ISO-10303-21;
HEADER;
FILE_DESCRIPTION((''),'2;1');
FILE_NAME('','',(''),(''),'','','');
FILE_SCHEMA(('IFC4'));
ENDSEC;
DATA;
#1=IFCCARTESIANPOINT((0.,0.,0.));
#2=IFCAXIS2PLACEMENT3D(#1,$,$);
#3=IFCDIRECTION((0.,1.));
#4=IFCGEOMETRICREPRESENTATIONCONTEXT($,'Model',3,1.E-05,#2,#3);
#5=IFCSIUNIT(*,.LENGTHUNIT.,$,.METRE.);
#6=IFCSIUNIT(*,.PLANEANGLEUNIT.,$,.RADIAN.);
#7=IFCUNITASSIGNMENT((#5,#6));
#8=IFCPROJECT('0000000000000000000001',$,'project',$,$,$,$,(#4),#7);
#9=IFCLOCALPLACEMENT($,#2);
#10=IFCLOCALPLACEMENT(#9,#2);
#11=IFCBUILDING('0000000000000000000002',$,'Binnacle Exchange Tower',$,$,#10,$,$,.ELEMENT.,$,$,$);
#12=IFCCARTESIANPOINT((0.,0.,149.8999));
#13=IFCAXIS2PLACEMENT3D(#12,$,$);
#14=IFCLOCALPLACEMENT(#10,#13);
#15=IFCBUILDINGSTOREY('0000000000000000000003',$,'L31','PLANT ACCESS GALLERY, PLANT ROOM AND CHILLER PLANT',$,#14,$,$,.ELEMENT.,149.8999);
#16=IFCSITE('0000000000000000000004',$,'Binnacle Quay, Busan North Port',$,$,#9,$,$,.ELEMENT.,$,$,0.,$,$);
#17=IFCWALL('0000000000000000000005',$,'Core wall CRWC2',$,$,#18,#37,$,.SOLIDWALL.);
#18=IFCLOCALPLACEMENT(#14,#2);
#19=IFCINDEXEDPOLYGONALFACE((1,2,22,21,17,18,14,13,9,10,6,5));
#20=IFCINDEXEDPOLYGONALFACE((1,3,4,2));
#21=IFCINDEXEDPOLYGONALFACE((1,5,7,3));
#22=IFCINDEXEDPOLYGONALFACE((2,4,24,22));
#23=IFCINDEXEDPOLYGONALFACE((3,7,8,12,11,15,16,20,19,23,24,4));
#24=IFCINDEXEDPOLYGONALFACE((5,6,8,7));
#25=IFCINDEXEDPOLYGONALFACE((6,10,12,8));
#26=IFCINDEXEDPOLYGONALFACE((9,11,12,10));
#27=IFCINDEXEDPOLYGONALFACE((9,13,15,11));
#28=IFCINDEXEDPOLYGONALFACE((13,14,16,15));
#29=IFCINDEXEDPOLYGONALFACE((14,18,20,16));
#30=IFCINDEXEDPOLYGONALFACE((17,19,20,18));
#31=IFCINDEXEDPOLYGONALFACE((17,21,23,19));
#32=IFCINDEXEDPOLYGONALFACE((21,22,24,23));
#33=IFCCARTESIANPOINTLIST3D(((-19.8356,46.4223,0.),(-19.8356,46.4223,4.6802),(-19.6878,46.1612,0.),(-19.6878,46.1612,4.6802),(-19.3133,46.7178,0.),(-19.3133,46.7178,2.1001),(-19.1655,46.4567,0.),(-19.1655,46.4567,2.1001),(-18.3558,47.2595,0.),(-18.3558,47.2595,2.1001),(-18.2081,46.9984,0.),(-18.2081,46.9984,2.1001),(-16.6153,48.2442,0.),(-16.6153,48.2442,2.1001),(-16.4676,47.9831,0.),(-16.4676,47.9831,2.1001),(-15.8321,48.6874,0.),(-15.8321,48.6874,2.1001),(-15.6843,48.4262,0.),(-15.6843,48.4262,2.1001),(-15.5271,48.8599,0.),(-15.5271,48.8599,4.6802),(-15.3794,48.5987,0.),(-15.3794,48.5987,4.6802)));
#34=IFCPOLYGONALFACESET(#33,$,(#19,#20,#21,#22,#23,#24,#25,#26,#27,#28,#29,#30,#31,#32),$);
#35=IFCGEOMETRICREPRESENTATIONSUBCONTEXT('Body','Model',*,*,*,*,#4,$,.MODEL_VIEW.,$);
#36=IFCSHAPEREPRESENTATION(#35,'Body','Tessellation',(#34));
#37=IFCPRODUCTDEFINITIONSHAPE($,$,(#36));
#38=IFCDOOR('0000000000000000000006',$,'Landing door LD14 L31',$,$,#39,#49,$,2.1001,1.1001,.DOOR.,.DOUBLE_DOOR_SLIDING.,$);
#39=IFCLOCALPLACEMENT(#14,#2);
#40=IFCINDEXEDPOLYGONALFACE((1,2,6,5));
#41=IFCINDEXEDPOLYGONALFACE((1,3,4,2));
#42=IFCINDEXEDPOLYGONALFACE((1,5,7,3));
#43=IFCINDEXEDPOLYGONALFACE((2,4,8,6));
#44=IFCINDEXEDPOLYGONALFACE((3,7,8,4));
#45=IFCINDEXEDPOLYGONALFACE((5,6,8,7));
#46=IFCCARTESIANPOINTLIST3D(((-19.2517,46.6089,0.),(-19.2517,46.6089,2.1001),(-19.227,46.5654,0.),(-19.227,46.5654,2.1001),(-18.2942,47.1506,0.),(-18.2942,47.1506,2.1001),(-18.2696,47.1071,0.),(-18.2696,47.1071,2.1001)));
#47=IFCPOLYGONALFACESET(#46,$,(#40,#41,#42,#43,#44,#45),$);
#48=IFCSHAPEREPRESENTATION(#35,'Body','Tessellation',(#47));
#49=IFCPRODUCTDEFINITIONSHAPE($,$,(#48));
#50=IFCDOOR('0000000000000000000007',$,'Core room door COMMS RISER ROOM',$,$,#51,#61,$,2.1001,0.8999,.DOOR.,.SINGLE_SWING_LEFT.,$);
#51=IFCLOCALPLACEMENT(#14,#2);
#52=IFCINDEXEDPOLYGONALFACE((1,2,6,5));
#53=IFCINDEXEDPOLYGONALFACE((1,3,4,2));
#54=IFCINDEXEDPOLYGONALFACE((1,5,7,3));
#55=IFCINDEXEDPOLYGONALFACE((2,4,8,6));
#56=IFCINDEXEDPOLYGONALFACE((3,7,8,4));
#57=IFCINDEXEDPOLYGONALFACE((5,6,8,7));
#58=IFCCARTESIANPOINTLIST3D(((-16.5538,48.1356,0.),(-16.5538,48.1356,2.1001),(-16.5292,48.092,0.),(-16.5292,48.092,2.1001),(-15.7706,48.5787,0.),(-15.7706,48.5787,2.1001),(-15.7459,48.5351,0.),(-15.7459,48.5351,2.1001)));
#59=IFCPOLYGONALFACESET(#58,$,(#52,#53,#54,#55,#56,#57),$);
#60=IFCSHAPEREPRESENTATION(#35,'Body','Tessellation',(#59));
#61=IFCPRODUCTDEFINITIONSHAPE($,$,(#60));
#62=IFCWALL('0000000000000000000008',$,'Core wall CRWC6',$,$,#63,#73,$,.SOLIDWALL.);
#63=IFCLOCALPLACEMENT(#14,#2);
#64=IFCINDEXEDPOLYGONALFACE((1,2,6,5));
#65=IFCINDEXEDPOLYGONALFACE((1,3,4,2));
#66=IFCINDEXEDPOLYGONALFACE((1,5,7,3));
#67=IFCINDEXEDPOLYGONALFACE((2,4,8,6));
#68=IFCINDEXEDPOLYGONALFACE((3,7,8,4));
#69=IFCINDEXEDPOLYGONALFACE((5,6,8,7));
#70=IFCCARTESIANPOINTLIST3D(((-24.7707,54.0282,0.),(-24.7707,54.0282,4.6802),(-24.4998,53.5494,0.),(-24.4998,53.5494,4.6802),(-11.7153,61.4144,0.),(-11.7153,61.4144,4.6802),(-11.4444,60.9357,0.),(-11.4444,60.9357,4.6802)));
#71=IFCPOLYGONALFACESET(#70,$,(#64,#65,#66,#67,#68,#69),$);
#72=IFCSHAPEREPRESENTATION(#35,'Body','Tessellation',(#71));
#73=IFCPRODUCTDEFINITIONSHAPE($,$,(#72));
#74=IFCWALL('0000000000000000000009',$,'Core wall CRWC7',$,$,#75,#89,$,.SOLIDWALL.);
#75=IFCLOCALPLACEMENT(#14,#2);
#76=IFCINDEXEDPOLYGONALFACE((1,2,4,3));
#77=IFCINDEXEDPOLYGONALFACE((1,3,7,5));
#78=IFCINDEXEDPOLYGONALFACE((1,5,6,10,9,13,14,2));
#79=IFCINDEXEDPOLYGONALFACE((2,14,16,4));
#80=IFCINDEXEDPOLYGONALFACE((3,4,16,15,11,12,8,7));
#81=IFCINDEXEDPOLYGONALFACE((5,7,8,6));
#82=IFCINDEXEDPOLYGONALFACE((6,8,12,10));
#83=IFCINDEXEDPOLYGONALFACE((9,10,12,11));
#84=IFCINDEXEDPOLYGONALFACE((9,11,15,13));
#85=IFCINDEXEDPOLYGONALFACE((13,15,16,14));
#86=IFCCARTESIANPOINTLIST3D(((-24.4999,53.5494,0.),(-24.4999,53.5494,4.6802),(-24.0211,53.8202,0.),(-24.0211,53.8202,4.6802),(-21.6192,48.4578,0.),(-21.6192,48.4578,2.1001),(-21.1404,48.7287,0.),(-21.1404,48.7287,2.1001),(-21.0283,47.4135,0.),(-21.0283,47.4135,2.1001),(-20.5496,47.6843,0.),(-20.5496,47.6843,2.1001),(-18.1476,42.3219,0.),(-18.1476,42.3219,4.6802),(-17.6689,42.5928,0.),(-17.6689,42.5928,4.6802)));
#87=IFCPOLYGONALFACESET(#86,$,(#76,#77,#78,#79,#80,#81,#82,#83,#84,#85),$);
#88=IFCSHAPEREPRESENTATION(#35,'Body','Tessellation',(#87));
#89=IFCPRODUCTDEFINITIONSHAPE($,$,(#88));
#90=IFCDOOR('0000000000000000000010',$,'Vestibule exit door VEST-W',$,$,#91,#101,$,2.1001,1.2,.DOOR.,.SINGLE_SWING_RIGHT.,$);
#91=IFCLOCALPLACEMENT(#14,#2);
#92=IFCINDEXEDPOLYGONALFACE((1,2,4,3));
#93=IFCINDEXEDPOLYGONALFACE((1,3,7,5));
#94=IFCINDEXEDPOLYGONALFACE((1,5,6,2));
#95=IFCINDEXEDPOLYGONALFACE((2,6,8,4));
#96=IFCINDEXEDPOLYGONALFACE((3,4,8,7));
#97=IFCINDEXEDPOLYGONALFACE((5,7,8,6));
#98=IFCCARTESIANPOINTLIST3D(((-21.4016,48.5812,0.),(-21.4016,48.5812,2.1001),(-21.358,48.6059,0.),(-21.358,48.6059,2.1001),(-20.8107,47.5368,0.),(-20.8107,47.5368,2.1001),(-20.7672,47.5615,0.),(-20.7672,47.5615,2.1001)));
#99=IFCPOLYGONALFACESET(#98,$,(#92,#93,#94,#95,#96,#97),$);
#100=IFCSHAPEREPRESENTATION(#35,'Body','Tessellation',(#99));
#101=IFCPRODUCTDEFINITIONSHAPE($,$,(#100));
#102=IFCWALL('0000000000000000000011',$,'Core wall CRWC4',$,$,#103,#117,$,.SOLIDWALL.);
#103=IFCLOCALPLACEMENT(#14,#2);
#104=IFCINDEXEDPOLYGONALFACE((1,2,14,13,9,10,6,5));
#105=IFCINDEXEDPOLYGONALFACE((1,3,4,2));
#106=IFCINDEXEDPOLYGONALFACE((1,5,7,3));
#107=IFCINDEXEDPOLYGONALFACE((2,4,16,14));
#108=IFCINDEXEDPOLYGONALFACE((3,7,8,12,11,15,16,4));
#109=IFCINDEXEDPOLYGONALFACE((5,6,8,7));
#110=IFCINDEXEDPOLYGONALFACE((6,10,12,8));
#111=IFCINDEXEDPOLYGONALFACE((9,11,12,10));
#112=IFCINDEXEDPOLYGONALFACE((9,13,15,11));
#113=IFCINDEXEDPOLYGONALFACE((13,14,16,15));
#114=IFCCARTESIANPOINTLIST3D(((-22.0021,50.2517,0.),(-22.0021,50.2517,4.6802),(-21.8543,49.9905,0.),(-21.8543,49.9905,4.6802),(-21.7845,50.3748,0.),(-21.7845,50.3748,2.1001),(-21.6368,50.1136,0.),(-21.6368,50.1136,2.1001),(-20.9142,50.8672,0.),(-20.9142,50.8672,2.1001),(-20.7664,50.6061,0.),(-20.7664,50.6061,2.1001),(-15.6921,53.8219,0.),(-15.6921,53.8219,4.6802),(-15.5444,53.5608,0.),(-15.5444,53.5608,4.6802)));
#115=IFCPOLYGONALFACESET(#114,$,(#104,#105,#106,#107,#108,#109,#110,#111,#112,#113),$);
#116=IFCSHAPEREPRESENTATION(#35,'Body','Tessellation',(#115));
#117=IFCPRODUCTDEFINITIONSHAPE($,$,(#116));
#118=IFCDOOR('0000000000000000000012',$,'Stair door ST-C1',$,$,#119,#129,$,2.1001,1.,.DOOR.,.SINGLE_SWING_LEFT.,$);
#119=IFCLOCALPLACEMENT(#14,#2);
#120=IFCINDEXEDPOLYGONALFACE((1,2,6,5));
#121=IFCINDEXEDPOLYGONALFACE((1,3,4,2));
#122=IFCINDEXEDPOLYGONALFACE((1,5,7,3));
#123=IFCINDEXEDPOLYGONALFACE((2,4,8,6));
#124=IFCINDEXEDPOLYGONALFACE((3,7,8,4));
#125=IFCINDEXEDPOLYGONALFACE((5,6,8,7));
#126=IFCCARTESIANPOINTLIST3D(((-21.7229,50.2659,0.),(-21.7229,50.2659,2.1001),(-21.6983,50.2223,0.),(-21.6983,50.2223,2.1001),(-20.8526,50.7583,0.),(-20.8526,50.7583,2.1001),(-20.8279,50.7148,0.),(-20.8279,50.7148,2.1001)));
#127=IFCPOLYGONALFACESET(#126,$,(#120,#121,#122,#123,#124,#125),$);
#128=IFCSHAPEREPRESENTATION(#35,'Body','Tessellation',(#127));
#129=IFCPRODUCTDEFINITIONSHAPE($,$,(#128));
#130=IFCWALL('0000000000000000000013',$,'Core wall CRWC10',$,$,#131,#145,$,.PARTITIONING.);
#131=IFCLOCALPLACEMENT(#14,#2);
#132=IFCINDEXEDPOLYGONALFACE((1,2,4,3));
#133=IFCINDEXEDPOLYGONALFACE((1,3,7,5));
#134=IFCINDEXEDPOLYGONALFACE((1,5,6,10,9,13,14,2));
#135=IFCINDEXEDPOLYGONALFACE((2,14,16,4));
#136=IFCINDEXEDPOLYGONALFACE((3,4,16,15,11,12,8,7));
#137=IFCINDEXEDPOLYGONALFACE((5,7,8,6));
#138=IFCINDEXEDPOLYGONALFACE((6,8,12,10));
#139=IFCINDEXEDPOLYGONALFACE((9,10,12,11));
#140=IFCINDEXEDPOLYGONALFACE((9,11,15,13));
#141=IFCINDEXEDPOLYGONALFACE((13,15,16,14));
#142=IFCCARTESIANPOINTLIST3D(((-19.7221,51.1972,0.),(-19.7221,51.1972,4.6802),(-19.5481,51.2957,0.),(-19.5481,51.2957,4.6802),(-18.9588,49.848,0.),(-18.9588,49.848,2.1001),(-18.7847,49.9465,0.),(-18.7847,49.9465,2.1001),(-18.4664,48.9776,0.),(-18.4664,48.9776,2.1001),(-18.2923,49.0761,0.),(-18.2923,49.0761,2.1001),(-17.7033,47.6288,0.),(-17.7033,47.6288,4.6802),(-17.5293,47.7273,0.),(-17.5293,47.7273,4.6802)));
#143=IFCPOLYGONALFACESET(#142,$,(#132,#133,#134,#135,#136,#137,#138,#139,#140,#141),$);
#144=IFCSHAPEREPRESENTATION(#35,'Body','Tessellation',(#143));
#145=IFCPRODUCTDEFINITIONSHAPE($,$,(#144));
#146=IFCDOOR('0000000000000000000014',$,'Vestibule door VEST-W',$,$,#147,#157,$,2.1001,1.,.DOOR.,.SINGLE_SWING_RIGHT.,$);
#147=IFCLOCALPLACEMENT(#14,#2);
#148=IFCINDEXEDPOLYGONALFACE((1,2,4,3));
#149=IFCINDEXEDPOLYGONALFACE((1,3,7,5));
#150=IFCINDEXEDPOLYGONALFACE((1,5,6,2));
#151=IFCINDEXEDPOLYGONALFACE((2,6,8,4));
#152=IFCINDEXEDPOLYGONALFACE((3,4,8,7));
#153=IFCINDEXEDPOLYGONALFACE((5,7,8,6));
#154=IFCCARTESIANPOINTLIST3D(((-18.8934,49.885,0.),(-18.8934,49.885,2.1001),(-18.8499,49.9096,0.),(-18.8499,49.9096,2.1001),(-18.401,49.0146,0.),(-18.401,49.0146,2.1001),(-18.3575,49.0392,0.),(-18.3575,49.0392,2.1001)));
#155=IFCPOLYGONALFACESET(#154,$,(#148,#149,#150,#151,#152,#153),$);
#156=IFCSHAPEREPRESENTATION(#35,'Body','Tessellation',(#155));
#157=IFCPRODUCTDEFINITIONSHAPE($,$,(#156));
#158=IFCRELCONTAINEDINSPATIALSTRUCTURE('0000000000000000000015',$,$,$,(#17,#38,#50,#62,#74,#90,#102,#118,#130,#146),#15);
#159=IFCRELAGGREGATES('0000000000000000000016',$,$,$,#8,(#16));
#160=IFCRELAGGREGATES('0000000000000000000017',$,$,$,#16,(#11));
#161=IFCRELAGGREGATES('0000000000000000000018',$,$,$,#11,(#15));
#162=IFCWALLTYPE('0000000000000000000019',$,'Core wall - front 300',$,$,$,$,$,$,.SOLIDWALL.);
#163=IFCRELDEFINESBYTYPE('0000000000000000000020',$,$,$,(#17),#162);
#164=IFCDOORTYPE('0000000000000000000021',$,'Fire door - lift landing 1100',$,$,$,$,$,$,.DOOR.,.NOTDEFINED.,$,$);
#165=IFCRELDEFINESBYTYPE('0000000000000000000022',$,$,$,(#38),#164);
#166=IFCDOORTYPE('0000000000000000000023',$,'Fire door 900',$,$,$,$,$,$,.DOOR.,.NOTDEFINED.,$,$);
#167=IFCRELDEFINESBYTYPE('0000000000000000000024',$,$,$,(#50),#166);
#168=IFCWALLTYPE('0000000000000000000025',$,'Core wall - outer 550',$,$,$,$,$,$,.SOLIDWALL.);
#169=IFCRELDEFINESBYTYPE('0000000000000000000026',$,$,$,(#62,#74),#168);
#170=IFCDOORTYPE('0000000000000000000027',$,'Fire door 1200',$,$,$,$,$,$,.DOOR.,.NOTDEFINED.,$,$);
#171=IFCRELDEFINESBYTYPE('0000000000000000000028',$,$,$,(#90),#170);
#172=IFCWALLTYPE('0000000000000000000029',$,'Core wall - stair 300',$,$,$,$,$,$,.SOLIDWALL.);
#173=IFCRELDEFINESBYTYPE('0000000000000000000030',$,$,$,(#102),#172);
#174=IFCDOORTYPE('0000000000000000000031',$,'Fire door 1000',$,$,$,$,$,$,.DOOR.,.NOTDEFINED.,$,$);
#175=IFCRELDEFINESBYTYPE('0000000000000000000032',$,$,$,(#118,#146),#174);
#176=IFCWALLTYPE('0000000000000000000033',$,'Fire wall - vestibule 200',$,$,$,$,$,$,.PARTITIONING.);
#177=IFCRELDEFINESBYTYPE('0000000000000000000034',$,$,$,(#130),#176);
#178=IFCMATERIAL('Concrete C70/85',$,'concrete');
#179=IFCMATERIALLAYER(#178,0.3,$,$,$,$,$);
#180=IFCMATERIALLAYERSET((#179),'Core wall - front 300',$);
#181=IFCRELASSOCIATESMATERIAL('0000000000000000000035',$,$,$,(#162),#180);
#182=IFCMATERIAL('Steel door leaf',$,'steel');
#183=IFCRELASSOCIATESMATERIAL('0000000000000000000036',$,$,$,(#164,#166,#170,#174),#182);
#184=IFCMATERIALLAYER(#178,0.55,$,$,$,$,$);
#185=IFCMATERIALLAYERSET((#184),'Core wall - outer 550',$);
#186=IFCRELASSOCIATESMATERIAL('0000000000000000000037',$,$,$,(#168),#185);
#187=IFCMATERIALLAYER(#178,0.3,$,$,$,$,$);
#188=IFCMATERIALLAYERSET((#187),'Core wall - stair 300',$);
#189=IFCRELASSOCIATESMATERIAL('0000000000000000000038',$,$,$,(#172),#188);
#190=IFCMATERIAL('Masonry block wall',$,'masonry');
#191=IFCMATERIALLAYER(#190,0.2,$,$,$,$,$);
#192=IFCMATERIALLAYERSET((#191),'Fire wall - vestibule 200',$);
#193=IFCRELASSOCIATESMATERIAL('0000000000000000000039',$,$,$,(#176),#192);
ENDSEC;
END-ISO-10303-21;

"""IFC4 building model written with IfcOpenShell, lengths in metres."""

from ifc_helpers import new_model, si_unit, direction, frame, frame_2d, origin, place, context, subcontext, project, spatial, rectangle, extrude, material, layer, layer_set, type_object, element, fill, save


model = new_model("IFC4")

# Units and contexts
model_context = context("Model", 3, precision=1e-05, world=origin(), true_north=direction((0.0, 1.0)))
body_context = subcontext(model_context, "Body", "Model", "MODEL_VIEW")
ifc_project = project(units=[si_unit("LENGTHUNIT", "METRE"), si_unit("PLANEANGLEUNIT", "RADIAN")], contexts=[model_context])

# Site, building, storey
site_placement = place(None, origin())
site = spatial("IfcSite", under=ifc_project, at=site_placement, Name="Binnacle Quay, Busan North Port", CompositionType="ELEMENT", RefElevation=0.0)
building_placement = place(site_placement, origin())
building = spatial("IfcBuilding", under=site, at=building_placement, Name="Binnacle Exchange Tower", CompositionType="ELEMENT")
storey_placement = place(building_placement, frame((0.0, 0.0, 149.8999)))
storey = spatial("IfcBuildingStorey", under=building, at=storey_placement, Name="L31", Description="PLANT ACCESS GALLERY, PLANT ROOM AND CHILLER PLANT", CompositionType="ELEMENT", Elevation=149.8999)

# Wall, openings, doors
ifc_material_1 = material(Name="Concrete C70/85", Category="concrete")
ifc_layer_1 = layer(ifc_material_1, 0.3)
ifc_layer_set_1 = layer_set([ifc_layer_1], Name="Core wall - front 300")
wall_type_1 = type_object("IfcWallType", Name="Core wall - front 300", PredefinedType="SOLIDWALL", material=ifc_layer_set_1)
wall_1_placement = place(storey_placement, frame((-19.7617, 46.2917, 0.0), z_axis=(0.0, 0.0, 1.0), x_axis=(0.87036, 0.492416, 0.0)))
wall_1 = element("IfcWall", 1, at=wall_1_placement, inside=storey, type_object=wall_type_1, Name="Core wall CRWC2", PredefinedType="SOLIDWALL", context=body_context, shape_type="SweptSolid", body=[
    extrude(rectangle(XDim=4.9502, YDim=0.3, at=frame_2d((2.4751, 0.0))), origin(), (0.0, 0.0, 1.0), 4.6802),
])
opening_1_placement = place(wall_1_placement, frame((0.6001, 0.0, 0.0)))
opening_1 = element("IfcOpeningElement", 2, at=opening_1_placement, cuts=wall_1, PredefinedType="OPENING", context=body_context, shape_type="SweptSolid", body=[
    extrude(rectangle(XDim=1.1001, YDim=2.1001, at=frame_2d((0.55, 1.05))), frame((0.0, 0.1599, 0.0), z_axis=(0.0, -1.0, 0.0), x_axis=(1.0, 0.0, 0.0)), (0.0, 0.0, 1.0), 0.3201),
])
opening_2_placement = place(wall_1_placement, frame((3.7, 0.0, 0.0)))
opening_2 = element("IfcOpeningElement", 3, at=opening_2_placement, cuts=wall_1, PredefinedType="OPENING", context=body_context, shape_type="SweptSolid", body=[
    extrude(rectangle(XDim=0.8999, YDim=2.1001, at=frame_2d((0.45, 1.05))), frame((0.0, 0.1599, 0.0), z_axis=(0.0, -1.0, 0.0), x_axis=(1.0, 0.0, 0.0)), (0.0, 0.0, 1.0), 0.3201),
])
ifc_material_2 = material(Name="Steel door leaf", Category="steel")
door_type_1 = type_object("IfcDoorType", Name="Fire door - lift landing 1100", OperationType="NOTDEFINED", PredefinedType="DOOR", material=ifc_material_2)
door_1_placement = place(opening_1_placement, origin())
door_1 = element("IfcDoor", 4, at=door_1_placement, inside=storey, type_object=door_type_1, Name="Landing door LD14 L31", OperationType="DOUBLE_DOOR_SLIDING", OverallHeight=2.1001, OverallWidth=1.1001, PredefinedType="DOOR", context=body_context, shape_type="SweptSolid", body=[
    extrude(rectangle(XDim=1.1001, YDim=2.1001, at=frame_2d((0.55, 1.05))), frame((0.0, 0.0249, 0.0), z_axis=(0.0, -1.0, 0.0), x_axis=(1.0, 0.0, 0.0)), (0.0, 0.0, 1.0), 0.05),
])
fill(opening_1, door_1)
door_type_2 = type_object("IfcDoorType", Name="Fire door 900", OperationType="NOTDEFINED", PredefinedType="DOOR", material=ifc_material_2)
door_2_placement = place(opening_2_placement, frame((0.8999, 0.0, 0.0), z_axis=(0.0, 0.0, 1.0), x_axis=(-1.0, 0.0, 0.0)))
door_2 = element("IfcDoor", 5, at=door_2_placement, inside=storey, type_object=door_type_2, Name="Core room door COMMS RISER ROOM", OperationType="SINGLE_SWING_LEFT", OverallHeight=2.1001, OverallWidth=0.8999, PredefinedType="DOOR", context=body_context, shape_type="SweptSolid", body=[
    extrude(rectangle(XDim=0.8999, YDim=2.1001, at=frame_2d((0.45, 1.05))), frame((0.0, 0.0249, 0.0), z_axis=(0.0, -1.0, 0.0), x_axis=(1.0, 0.0, 0.0)), (0.0, 0.0, 1.0), 0.05),
])
fill(opening_2, door_2)

# Wall
ifc_layer_2 = layer(ifc_material_1, 0.55)
ifc_layer_set_2 = layer_set([ifc_layer_2], Name="Core wall - outer 550")
wall_type_2 = type_object("IfcWallType", Name="Core wall - outer 550", PredefinedType="SOLIDWALL", material=ifc_layer_set_2)
wall_2_placement = place(storey_placement, frame((-24.6353, 53.7888, 0.0), z_axis=(0.0, 0.0, 1.0), x_axis=(0.870361, 0.492415, 0.0)))
element("IfcWall", 6, at=wall_2_placement, inside=storey, type_object=wall_type_2, Name="Core wall CRWC6", PredefinedType="SOLIDWALL", context=body_context, shape_type="SweptSolid", body=[
    extrude(rectangle(XDim=15.0, YDim=0.55, at=frame_2d((7.5, 0.0))), origin(), (0.0, 0.0, 1.0), 4.6802),
])

# Walls, openings, doors
wall_3_placement = place(storey_placement, frame((-24.2605, 53.6848, 0.0), z_axis=(0.0, 0.0, 1.0), x_axis=(0.492427, -0.870354, 0.0)))
wall_3 = element("IfcWall", 7, at=wall_3_placement, inside=storey, type_object=wall_type_2, Name="Core wall CRWC7", PredefinedType="SOLIDWALL", context=body_context, shape_type="SweptSolid", body=[
    extrude(rectangle(XDim=12.8999, YDim=0.55, at=frame_2d((6.45, 0.0))), origin(), (0.0, 0.0, 1.0), 4.6802),
])
opening_3_placement = place(wall_3_placement, frame((5.8499, 0.0, 0.0)))
opening_3 = element("IfcOpeningElement", 8, at=opening_3_placement, cuts=wall_3, PredefinedType="OPENING", context=body_context, shape_type="SweptSolid", body=[
    extrude(rectangle(XDim=1.2, YDim=2.1001, at=frame_2d((0.6001, 1.05))), frame((0.0, 0.2849, 0.0), z_axis=(0.0, -1.0, 0.0), x_axis=(1.0, 0.0, 0.0)), (0.0, 0.0, 1.0), 0.5701),
])
door_type_3 = type_object("IfcDoorType", Name="Fire door 1200", OperationType="NOTDEFINED", PredefinedType="DOOR", material=ifc_material_2)
door_3_placement = place(opening_3_placement, frame((1.2, 0.0, 0.0), z_axis=(0.0, 0.0, 1.0), x_axis=(-1.0, 0.0, 0.0)))
door_3 = element("IfcDoor", 9, at=door_3_placement, inside=storey, type_object=door_type_3, Name="Vestibule exit door VEST-W", OperationType="SINGLE_SWING_RIGHT", OverallHeight=2.1001, OverallWidth=1.2, PredefinedType="DOOR", context=body_context, shape_type="SweptSolid", body=[
    extrude(rectangle(XDim=1.2, YDim=2.1001, at=frame_2d((0.6001, 1.05))), frame((0.0, 0.0249, 0.0), z_axis=(0.0, -1.0, 0.0), x_axis=(1.0, 0.0, 0.0)), (0.0, 0.0, 1.0), 0.05),
])
fill(opening_3, door_3)
ifc_layer_3 = layer(ifc_material_1, 0.3)
ifc_layer_set_3 = layer_set([ifc_layer_3], Name="Core wall - stair 300")
wall_type_3 = type_object("IfcWallType", Name="Core wall - stair 300", PredefinedType="SOLIDWALL", material=ifc_layer_set_3)
wall_4_placement = place(storey_placement, frame((-21.9282, 50.1211, 0.0), z_axis=(0.0, 0.0, 1.0), x_axis=(0.870341, 0.49245, 0.0)))
wall_4 = element("IfcWall", 10, at=wall_4_placement, inside=storey, type_object=wall_type_3, Name="Core wall CRWC4", PredefinedType="SOLIDWALL", context=body_context, shape_type="SweptSolid", body=[
    extrude(rectangle(XDim=7.25, YDim=0.3, at=frame_2d((3.625, 0.0))), origin(), (0.0, 0.0, 1.0), 4.6802),
])
opening_4_placement = place(wall_4_placement, frame((0.25, 0.0, 0.0)))
opening_4 = element("IfcOpeningElement", 11, at=opening_4_placement, cuts=wall_4, PredefinedType="OPENING", context=body_context, shape_type="SweptSolid", body=[
    extrude(rectangle(XDim=1.0, YDim=2.1001, at=frame_2d((0.5, 1.05))), frame((0.0, 0.1599, 0.0), z_axis=(0.0, -1.0, 0.0), x_axis=(1.0, 0.0, 0.0)), (0.0, 0.0, 1.0), 0.3201),
])
door_type_4 = type_object("IfcDoorType", Name="Fire door 1000", OperationType="NOTDEFINED", PredefinedType="DOOR", material=ifc_material_2)
door_4_placement = place(opening_4_placement, origin())
door_4 = element("IfcDoor", 12, at=door_4_placement, inside=storey, type_object=door_type_4, Name="Stair door ST-C1", OperationType="SINGLE_SWING_LEFT", OverallHeight=2.1001, OverallWidth=1.0, PredefinedType="DOOR", context=body_context, shape_type="SweptSolid", body=[
    extrude(rectangle(XDim=1.0, YDim=2.1001, at=frame_2d((0.5, 1.05))), frame((0.0, 0.0249, 0.0), z_axis=(0.0, -1.0, 0.0), x_axis=(1.0, 0.0, 0.0)), (0.0, 0.0, 1.0), 0.05),
])
fill(opening_4, door_4)
ifc_material_3 = material(Name="Masonry block wall", Category="masonry")
ifc_layer_4 = layer(ifc_material_3, 0.2)
ifc_layer_set_4 = layer_set([ifc_layer_4], Name="Fire wall - vestibule 200")
wall_type_4 = type_object("IfcWallType", Name="Fire wall - vestibule 200", PredefinedType="PARTITIONING", material=ifc_layer_set_4)
wall_5_placement = place(storey_placement, frame((-19.635, 51.2463, 0.0), z_axis=(0.0, 0.0, 1.0), x_axis=(0.492408, -0.870364, 0.0)))
wall_5 = element("IfcWall", 13, at=wall_5_placement, inside=storey, type_object=wall_type_4, Name="Core wall CRWC10", PredefinedType="PARTITIONING", context=body_context, shape_type="SweptSolid", body=[
    extrude(rectangle(XDim=4.0999, YDim=0.2, at=frame_2d((2.0498, 0.0))), origin(), (0.0, 0.0, 1.0), 4.6802),
])
opening_5_placement = place(wall_5_placement, frame((1.55, 0.0, 0.0)))
opening_5 = element("IfcOpeningElement", 14, at=opening_5_placement, cuts=wall_5, PredefinedType="OPENING", context=body_context, shape_type="SweptSolid", body=[
    extrude(rectangle(XDim=1.0, YDim=2.1001, at=frame_2d((0.5, 1.05))), frame((0.0, 0.1099, 0.0), z_axis=(0.0, -1.0, 0.0), x_axis=(1.0, 0.0, 0.0)), (0.0, 0.0, 1.0), 0.22),
])
door_5_placement = place(opening_5_placement, frame((1.0, 0.0, 0.0), z_axis=(0.0, 0.0, 1.0), x_axis=(-1.0, 0.0, 0.0)))
door_5 = element("IfcDoor", 15, at=door_5_placement, inside=storey, type_object=door_type_4, Name="Vestibule door VEST-W", OperationType="SINGLE_SWING_RIGHT", OverallHeight=2.1001, OverallWidth=1.0, PredefinedType="DOOR", context=body_context, shape_type="SweptSolid", body=[
    extrude(rectangle(XDim=1.0, YDim=2.1001, at=frame_2d((0.5, 1.05))), frame((0.0, 0.0249, 0.0), z_axis=(0.0, -1.0, 0.0), x_axis=(1.0, 0.0, 0.0)), (0.0, 0.0, 1.0), 0.05),
])
fill(opening_5, door_5)

save(model, "model.ifc")
